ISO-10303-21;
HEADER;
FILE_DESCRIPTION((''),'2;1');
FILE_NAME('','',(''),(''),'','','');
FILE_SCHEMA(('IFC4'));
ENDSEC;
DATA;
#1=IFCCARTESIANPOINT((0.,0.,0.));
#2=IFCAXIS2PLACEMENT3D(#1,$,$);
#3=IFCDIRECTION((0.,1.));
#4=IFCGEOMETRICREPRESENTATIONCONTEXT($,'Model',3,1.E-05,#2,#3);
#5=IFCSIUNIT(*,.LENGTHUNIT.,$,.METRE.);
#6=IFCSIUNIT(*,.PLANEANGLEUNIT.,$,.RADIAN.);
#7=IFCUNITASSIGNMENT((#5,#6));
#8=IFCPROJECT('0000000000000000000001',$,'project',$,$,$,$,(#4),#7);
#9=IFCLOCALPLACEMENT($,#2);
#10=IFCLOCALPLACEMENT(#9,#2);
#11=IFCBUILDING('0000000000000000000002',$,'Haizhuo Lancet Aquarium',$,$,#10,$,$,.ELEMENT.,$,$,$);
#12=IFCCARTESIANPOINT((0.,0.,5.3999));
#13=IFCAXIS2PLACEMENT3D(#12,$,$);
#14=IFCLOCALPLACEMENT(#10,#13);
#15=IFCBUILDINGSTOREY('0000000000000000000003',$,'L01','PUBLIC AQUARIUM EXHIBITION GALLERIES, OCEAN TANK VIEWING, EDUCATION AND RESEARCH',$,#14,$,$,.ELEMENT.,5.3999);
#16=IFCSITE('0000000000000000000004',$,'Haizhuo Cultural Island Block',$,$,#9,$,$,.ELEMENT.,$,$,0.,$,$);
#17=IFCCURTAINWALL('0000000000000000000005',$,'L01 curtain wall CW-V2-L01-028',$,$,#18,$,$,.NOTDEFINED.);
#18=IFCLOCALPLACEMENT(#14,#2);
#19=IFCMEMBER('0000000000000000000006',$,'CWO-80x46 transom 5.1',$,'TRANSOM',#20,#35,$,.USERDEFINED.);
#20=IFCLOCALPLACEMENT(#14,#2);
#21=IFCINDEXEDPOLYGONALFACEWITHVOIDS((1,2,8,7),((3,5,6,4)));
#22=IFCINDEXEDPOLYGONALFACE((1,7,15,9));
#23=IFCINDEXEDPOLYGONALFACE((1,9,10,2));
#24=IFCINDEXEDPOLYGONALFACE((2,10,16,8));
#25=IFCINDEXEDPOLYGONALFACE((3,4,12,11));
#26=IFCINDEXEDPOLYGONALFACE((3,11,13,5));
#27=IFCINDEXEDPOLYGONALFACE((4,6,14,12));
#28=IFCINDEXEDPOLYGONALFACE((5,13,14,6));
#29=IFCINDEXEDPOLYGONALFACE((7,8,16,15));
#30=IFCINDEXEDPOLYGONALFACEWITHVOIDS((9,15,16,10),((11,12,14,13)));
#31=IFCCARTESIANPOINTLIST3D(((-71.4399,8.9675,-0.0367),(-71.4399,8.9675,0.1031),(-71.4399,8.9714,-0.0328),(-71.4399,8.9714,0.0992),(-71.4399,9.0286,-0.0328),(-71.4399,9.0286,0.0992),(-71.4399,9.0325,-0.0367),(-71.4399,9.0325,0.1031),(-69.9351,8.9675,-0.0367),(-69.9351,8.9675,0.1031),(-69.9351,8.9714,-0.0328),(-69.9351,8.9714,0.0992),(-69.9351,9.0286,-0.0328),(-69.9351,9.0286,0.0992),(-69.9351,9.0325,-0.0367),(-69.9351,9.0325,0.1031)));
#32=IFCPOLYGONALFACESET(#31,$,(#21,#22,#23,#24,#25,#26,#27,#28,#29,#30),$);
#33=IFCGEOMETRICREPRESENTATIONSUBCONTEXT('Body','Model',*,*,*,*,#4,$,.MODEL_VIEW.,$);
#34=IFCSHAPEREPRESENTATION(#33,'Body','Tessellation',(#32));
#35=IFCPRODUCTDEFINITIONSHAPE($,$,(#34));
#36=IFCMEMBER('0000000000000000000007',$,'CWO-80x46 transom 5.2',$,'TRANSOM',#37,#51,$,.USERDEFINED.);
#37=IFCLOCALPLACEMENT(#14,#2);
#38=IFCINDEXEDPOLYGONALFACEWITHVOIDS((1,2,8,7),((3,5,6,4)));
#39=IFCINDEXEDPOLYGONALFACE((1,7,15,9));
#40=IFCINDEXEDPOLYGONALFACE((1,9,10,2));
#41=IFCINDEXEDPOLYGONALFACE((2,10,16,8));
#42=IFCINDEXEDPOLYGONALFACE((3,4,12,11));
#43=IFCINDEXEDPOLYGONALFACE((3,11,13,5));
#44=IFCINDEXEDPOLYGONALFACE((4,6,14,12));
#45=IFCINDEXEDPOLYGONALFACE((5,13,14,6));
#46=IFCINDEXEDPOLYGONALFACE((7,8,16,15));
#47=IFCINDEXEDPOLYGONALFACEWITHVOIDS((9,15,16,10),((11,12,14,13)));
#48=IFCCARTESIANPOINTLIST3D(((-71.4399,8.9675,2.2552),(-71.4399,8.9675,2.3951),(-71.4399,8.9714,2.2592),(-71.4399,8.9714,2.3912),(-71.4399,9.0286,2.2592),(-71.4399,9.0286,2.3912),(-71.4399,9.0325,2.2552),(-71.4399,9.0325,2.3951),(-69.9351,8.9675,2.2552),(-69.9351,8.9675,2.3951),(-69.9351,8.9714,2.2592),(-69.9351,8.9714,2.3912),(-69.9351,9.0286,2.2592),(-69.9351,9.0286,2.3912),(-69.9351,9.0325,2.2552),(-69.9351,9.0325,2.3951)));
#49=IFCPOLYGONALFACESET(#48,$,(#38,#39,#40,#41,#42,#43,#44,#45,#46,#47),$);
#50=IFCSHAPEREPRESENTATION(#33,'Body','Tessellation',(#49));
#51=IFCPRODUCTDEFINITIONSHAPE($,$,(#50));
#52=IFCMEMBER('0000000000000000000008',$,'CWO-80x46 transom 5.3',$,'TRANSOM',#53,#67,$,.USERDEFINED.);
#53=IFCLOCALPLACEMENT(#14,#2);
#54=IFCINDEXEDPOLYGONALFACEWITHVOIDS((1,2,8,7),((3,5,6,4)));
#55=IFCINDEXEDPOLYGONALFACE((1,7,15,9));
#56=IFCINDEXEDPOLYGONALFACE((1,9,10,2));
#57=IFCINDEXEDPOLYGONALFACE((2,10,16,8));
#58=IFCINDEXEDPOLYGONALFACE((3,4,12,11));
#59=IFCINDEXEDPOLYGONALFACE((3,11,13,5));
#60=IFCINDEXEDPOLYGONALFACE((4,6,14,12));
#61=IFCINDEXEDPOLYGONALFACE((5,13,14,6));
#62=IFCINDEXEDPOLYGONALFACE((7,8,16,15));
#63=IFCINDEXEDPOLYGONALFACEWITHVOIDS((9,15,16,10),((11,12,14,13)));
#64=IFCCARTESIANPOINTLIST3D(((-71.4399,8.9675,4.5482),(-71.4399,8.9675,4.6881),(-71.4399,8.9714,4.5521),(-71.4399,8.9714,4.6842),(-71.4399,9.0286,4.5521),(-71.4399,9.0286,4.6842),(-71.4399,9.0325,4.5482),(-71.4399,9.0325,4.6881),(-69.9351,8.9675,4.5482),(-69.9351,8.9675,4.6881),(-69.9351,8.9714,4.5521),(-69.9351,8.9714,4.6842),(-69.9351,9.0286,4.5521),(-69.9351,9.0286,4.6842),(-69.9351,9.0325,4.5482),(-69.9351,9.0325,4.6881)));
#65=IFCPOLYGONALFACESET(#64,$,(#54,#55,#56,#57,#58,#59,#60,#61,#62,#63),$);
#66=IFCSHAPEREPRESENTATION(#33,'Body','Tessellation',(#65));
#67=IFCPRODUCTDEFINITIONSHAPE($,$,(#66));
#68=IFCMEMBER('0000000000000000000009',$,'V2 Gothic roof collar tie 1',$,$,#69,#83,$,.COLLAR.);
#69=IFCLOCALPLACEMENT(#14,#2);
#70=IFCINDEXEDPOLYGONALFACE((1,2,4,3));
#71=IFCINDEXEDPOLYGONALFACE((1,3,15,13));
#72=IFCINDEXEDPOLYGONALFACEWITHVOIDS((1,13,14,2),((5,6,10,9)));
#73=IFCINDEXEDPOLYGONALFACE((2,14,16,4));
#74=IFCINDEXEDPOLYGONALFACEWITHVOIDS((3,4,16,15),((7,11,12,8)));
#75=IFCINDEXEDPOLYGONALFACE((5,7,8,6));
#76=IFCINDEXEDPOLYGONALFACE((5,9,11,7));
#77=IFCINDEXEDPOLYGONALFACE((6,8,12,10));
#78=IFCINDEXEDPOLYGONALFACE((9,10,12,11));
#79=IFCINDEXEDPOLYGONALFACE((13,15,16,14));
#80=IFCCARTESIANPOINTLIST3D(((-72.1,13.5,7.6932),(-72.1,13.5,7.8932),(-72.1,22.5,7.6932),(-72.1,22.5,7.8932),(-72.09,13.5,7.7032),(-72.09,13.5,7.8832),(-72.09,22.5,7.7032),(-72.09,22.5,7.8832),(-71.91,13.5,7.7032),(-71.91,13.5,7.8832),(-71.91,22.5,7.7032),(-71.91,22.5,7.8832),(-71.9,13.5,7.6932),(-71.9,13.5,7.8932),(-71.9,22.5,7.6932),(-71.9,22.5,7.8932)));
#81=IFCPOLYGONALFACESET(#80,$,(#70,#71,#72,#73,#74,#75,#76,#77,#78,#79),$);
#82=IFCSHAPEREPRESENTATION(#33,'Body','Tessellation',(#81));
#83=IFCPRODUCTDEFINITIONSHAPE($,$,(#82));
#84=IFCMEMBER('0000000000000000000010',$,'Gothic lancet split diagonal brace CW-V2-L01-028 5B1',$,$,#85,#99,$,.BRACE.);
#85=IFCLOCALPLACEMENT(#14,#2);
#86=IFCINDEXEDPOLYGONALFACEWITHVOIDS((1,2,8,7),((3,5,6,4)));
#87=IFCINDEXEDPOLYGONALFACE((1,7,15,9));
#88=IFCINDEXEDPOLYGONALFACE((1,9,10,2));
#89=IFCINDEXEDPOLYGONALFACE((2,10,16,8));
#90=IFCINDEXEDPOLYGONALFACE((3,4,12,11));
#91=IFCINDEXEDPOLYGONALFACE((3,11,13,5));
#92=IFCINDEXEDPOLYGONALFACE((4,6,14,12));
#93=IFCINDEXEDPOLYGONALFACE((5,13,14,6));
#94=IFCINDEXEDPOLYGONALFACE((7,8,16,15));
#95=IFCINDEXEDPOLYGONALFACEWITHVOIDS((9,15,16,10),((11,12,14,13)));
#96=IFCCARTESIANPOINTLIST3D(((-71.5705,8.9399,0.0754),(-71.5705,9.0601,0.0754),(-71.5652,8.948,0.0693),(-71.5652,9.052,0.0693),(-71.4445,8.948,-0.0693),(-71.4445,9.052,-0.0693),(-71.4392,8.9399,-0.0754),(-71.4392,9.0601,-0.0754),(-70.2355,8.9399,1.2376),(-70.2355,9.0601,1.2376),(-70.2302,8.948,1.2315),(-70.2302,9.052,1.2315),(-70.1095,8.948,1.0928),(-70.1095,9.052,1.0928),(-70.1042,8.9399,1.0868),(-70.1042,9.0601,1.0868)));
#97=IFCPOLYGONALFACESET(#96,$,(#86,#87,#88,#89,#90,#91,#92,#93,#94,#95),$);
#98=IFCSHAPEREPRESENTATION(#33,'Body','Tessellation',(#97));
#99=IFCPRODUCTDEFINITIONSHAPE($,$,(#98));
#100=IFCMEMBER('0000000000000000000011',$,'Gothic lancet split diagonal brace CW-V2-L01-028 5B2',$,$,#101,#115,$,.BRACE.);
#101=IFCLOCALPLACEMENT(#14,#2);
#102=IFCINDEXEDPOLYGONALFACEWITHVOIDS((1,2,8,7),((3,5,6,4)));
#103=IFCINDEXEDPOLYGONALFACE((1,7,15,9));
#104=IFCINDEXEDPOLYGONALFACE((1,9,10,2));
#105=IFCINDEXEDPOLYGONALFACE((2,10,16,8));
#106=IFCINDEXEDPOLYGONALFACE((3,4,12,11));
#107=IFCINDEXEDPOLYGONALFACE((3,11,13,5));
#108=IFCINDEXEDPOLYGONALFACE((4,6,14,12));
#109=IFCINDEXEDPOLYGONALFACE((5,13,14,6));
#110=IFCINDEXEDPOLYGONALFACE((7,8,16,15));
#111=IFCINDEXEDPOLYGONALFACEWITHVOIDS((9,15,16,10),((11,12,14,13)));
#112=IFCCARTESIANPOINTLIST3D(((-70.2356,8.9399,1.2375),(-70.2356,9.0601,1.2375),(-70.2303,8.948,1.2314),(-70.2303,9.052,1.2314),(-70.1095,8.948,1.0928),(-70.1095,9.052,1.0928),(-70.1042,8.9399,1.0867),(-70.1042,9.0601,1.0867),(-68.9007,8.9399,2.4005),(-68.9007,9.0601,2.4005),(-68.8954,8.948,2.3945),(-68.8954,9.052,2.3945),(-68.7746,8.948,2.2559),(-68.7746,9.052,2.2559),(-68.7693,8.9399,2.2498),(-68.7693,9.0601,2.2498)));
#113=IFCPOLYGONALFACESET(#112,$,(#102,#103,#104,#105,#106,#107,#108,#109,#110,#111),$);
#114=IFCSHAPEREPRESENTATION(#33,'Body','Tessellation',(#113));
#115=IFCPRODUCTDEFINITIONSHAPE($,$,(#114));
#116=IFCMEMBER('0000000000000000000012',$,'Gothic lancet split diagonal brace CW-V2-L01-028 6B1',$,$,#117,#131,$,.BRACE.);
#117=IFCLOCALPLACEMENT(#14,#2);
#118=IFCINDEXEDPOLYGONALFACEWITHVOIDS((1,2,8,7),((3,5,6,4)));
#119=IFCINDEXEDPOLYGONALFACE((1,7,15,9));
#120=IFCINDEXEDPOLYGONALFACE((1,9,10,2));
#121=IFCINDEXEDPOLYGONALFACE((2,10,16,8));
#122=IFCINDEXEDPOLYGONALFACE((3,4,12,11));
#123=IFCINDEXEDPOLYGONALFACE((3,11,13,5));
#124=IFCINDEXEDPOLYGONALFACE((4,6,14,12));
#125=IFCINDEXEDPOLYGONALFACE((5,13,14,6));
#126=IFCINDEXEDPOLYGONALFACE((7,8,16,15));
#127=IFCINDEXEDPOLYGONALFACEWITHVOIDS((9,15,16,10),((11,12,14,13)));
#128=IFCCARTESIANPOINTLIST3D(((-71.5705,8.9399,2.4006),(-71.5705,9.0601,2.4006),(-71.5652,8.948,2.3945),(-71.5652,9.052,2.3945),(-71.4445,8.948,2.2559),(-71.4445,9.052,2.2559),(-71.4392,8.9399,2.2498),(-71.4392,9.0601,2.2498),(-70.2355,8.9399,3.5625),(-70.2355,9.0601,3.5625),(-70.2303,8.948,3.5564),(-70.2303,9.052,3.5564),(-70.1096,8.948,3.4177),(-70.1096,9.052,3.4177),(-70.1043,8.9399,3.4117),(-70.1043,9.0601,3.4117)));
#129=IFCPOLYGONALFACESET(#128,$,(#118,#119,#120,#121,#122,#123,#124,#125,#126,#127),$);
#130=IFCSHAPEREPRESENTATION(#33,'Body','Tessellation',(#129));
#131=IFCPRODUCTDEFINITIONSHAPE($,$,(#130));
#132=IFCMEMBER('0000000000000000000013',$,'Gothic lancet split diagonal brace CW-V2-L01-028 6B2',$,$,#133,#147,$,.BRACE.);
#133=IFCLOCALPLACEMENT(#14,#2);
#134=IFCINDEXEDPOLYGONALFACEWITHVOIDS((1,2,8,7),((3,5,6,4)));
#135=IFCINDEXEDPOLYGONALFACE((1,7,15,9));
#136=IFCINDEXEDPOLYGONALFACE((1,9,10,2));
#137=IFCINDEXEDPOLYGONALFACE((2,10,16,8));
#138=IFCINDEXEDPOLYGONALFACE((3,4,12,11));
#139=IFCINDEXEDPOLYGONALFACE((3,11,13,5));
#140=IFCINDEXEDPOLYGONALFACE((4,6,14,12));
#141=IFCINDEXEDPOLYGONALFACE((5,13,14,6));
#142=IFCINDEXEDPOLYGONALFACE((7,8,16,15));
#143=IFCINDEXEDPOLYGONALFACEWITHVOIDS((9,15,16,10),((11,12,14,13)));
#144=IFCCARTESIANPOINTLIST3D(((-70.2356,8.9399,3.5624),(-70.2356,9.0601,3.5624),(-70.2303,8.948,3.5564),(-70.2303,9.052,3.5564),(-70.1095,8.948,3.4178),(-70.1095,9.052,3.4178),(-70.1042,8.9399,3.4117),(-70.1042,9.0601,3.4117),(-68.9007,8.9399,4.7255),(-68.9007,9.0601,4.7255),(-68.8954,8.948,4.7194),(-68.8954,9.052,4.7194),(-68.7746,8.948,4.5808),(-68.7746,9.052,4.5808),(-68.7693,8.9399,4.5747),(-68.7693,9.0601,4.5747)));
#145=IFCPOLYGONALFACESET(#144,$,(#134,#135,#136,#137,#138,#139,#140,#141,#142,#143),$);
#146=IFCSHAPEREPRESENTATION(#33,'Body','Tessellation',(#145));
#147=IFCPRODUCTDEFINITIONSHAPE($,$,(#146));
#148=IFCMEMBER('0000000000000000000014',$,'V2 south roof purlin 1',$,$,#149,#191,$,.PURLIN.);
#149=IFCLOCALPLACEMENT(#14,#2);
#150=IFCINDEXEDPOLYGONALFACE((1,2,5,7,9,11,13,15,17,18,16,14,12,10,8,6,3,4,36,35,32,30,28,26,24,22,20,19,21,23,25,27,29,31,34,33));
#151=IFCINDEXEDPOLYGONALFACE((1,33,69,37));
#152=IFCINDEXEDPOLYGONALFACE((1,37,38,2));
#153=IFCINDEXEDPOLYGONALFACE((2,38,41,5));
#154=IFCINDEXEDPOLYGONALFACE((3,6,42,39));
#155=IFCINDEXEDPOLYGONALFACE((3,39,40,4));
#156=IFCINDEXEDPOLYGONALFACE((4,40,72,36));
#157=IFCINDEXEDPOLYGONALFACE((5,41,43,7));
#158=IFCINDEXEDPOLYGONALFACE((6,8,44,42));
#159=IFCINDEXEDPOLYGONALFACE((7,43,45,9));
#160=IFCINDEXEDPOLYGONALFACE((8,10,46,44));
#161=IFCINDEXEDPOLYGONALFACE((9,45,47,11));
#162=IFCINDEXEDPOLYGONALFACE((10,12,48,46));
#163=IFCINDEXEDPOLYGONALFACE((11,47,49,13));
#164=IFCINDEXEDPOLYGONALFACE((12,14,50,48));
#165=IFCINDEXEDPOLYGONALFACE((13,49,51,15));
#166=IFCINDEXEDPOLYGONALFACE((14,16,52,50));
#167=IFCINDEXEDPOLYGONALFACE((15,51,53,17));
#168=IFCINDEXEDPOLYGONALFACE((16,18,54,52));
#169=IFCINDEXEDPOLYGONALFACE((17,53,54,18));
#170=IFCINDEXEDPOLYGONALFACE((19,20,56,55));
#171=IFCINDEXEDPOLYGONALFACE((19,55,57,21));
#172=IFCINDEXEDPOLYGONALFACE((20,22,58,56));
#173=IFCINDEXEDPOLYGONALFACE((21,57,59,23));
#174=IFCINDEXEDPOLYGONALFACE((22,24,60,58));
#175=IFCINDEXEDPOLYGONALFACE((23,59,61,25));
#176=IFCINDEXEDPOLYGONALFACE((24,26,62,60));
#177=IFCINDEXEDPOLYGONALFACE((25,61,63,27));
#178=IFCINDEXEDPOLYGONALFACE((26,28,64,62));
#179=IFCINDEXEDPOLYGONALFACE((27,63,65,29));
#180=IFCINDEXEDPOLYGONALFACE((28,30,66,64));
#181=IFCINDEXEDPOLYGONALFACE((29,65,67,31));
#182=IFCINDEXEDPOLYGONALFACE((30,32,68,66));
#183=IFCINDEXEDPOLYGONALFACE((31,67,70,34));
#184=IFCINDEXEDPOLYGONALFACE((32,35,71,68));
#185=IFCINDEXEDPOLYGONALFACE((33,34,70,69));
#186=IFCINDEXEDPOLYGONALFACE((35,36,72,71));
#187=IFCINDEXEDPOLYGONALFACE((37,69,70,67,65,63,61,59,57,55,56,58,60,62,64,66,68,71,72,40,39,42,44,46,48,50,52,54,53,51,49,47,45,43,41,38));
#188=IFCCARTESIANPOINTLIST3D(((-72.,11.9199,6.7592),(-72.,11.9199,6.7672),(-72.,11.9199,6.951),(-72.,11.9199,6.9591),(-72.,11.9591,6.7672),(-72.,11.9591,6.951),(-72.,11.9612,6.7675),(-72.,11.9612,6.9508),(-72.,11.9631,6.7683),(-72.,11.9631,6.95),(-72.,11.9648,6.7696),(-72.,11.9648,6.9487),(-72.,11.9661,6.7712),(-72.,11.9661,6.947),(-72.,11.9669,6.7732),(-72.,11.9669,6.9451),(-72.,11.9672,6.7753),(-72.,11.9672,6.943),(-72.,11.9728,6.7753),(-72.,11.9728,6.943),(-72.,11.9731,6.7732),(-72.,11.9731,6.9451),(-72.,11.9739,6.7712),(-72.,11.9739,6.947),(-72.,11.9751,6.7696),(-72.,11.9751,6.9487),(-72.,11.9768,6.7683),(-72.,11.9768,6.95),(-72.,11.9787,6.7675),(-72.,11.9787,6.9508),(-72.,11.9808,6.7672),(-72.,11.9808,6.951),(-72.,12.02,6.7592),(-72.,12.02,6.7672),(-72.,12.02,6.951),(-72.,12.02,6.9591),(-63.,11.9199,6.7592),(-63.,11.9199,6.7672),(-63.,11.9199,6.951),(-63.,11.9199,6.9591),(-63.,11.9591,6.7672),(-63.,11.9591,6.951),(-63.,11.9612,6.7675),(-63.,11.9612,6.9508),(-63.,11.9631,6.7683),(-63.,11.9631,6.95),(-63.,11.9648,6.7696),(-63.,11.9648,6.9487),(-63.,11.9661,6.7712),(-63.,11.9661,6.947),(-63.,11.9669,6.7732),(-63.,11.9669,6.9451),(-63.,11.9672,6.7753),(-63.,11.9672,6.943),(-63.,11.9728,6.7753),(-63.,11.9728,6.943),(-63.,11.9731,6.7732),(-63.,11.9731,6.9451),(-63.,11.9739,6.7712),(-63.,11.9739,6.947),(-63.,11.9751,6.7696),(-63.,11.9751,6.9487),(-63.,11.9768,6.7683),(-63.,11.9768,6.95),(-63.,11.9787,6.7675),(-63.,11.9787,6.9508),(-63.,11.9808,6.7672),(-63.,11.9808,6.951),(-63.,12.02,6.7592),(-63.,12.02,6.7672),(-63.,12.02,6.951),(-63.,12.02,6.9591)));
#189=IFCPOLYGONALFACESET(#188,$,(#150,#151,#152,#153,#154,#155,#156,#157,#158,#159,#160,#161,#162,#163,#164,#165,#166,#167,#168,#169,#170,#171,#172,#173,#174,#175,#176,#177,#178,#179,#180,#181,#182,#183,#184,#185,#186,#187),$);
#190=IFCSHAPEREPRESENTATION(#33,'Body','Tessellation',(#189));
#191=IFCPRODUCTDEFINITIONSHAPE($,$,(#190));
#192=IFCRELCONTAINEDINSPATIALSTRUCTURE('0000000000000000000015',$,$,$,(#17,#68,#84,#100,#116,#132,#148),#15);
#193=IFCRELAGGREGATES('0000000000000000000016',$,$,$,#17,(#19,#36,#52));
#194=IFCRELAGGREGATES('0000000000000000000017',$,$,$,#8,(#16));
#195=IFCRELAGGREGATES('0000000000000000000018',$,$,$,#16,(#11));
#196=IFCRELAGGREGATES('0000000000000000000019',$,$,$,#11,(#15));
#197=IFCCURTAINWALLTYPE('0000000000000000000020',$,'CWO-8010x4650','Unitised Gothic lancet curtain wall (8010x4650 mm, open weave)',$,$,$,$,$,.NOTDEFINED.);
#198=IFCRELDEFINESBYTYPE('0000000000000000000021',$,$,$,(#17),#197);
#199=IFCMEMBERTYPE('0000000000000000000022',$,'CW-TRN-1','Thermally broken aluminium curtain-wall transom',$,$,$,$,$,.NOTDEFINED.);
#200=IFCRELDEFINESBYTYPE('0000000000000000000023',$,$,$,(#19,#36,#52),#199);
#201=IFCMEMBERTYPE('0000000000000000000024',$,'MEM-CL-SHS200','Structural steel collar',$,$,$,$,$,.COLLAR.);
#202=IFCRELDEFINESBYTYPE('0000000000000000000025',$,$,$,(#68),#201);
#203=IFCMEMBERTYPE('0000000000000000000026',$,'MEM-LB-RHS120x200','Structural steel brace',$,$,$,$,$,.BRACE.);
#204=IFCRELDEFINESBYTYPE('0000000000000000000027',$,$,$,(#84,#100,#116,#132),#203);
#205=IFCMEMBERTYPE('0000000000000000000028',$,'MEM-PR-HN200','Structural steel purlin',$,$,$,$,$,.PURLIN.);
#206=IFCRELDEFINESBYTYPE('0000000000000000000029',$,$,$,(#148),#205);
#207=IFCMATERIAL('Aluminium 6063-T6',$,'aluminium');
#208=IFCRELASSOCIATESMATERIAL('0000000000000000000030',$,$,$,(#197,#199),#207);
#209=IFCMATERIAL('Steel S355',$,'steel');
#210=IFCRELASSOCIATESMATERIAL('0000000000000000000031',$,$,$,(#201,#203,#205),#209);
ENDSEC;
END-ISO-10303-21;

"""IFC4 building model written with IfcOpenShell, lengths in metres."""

from ifc_helpers import new_model, si_unit, direction, frame, origin, origin_2d, place, context, subcontext, project, spatial, hollow_rectangle, i_section, extrude, material, material_profile, profile_set, type_object, element, aggregate, save


model = new_model("IFC4")

# Units and contexts
model_context = context("Model", 3, precision=1e-05, world=origin(), true_north=direction((0.0, 1.0)))
body_context = subcontext(model_context, "Body", "Model", "MODEL_VIEW")
ifc_project = project(units=[si_unit("LENGTHUNIT", "METRE"), si_unit("PLANEANGLEUNIT", "RADIAN")], contexts=[model_context])

# Site, building, storey
site_placement = place(None, origin())
site = spatial("IfcSite", under=ifc_project, at=site_placement, Name="Haizhuo Cultural Island Block", CompositionType="ELEMENT", RefElevation=0.0)
building_placement = place(site_placement, origin())
building = spatial("IfcBuilding", under=site, at=building_placement, Name="Haizhuo Lancet Aquarium", CompositionType="ELEMENT")
storey_placement = place(building_placement, frame((0.0, 0.0, 5.3999)))
storey = spatial("IfcBuildingStorey", under=building, at=storey_placement, Name="L01", Description="PUBLIC AQUARIUM EXHIBITION GALLERIES, OCEAN TANK VIEWING, EDUCATION AND RESEARCH", CompositionType="ELEMENT", Elevation=5.3999)

# Shared definitions
ifc_material_1 = material(Name="Steel S355", Category="steel")

# Curtain wall, members
ifc_material_2 = material(Name="Aluminium 6063-T6", Category="aluminium")
curtain_wall_type = type_object("IfcCurtainWallType", Name="CWO-8010x4650", Description="Unitised Gothic lancet curtain wall (8010x4650 mm, open weave)", PredefinedType="NOTDEFINED", material=ifc_material_2)
curtain_wall_placement = place(storey_placement, origin())
curtain_wall = element("IfcCurtainWall", 1, at=curtain_wall_placement, inside=storey, type_object=curtain_wall_type, Name="L01 curtain wall CW-V2-L01-028", PredefinedType="NOTDEFINED")
ifc_material_profile_1 = material_profile(ifc_material_2, hollow_rectangle(XDim=0.0649, YDim=0.1399, WallThickness=0.0039, at=origin_2d()), Name="ALU-T 65x140x4")
ifc_profile_set_1 = profile_set([ifc_material_profile_1], Name="Aluminium 6063-T6")
member_type_1 = type_object("IfcMemberType", Name="CW-TRN-1", Description="Thermally broken aluminium curtain-wall transom", PredefinedType="NOTDEFINED", material=ifc_profile_set_1)
member_1_placement = place(storey_placement, frame((-69.9351, 9.0, 0.0332), z_axis=(-1.0, 0.0, 0.0), x_axis=(0.0, -1.0, 0.0)))
member_1 = element("IfcMember", 2, at=member_1_placement, type_object=member_type_1, Name="CWO-80x46 transom 5.1", ObjectType="TRANSOM", PredefinedType="USERDEFINED", context=body_context, shape_type="SweptSolid", body=[
    extrude(hollow_rectangle(XDim=0.0649, YDim=0.1399, WallThickness=0.0039, at=origin_2d()), origin(), (0.0, 0.0, 1.0), 1.5049),
])
member_2_placement = place(storey_placement, frame((-69.9351, 9.0, 2.3252), z_axis=(-1.0, 0.0, 0.0), x_axis=(0.0, -1.0, 0.0)))
member_2 = element("IfcMember", 3, at=member_2_placement, type_object=member_type_1, Name="CWO-80x46 transom 5.2", ObjectType="TRANSOM", PredefinedType="USERDEFINED", context=body_context, shape_type="SweptSolid", body=[
    extrude(hollow_rectangle(XDim=0.0649, YDim=0.1399, WallThickness=0.0039, at=origin_2d()), origin(), (0.0, 0.0, 1.0), 1.5049),
])
member_3_placement = place(storey_placement, frame((-69.9351, 9.0, 4.6182), z_axis=(-1.0, 0.0, 0.0), x_axis=(0.0, -1.0, 0.0)))
member_3 = element("IfcMember", 4, at=member_3_placement, type_object=member_type_1, Name="CWO-80x46 transom 5.3", ObjectType="TRANSOM", PredefinedType="USERDEFINED", context=body_context, shape_type="SweptSolid", body=[
    extrude(hollow_rectangle(XDim=0.0649, YDim=0.1399, WallThickness=0.0039, at=origin_2d()), origin(), (0.0, 0.0, 1.0), 1.5049),
])

# Members
ifc_material_profile_2 = material_profile(ifc_material_1, hollow_rectangle(XDim=0.2, YDim=0.2, WallThickness=0.01, at=origin_2d()), Name="SHS 200x200x10")
ifc_profile_set_2 = profile_set([ifc_material_profile_2], Name="Steel S355")
member_type_2 = type_object("IfcMemberType", Name="MEM-CL-SHS200", Description="Structural steel collar", PredefinedType="COLLAR", material=ifc_profile_set_2)
member_4_placement = place(storey_placement, frame((-72.0, 13.5, 7.7932), z_axis=(0.0, 1.0, 0.0), x_axis=(-1.0, 0.0, 0.0)))
element("IfcMember", 5, at=member_4_placement, inside=storey, type_object=member_type_2, Name="V2 Gothic roof collar tie 1", PredefinedType="COLLAR", context=body_context, shape_type="SweptSolid", body=[
    extrude(hollow_rectangle(XDim=0.2, YDim=0.2, WallThickness=0.01, at=origin_2d()), origin(), (0.0, 0.0, 1.0), 9.0),
])
ifc_material_profile_3 = material_profile(ifc_material_1, hollow_rectangle(XDim=0.1201, YDim=0.2, WallThickness=0.0081, at=origin_2d()), Name="RHS 120x200x8")
ifc_profile_set_3 = profile_set([ifc_material_profile_3], Name="Steel S355")
member_type_3 = type_object("IfcMemberType", Name="MEM-LB-RHS120x200", Description="Structural steel brace", PredefinedType="BRACE", material=ifc_profile_set_3)
member_5_placement = place(storey_placement, frame((-71.5049, 9.0, 0.0), z_axis=(0.754249, 0.0, 0.656588), x_axis=(0.0, 1.0, 0.0)))
element("IfcMember", 6, at=member_5_placement, inside=storey, type_object=member_type_3, Name="Gothic lancet split diagonal brace CW-V2-L01-028 5B1", PredefinedType="BRACE", context=body_context, shape_type="SweptSolid", body=[
    extrude(hollow_rectangle(XDim=0.1201, YDim=0.2, WallThickness=0.0081, at=origin_2d()), origin(), (0.0, 0.0, 1.0), 1.77),
])
member_6_placement = place(storey_placement, frame((-70.1699, 9.0, 1.1621), z_axis=(0.753976, 0.0, 0.656902), x_axis=(0.0, 1.0, 0.0)))
element("IfcMember", 7, at=member_6_placement, inside=storey, type_object=member_type_3, Name="Gothic lancet split diagonal brace CW-V2-L01-028 5B2", PredefinedType="BRACE", context=body_context, shape_type="SweptSolid", body=[
    extrude(hollow_rectangle(XDim=0.1201, YDim=0.2, WallThickness=0.0081, at=origin_2d()), origin(), (0.0, 0.0, 1.0), 1.7705),
])
member_7_placement = place(storey_placement, frame((-71.5049, 9.0, 2.3252), z_axis=(0.754317, 0.0, 0.65651), x_axis=(0.0, 1.0, 0.0)))
element("IfcMember", 8, at=member_7_placement, inside=storey, type_object=member_type_3, Name="Gothic lancet split diagonal brace CW-V2-L01-028 6B1", PredefinedType="BRACE", context=body_context, shape_type="SweptSolid", body=[
    extrude(hollow_rectangle(XDim=0.1201, YDim=0.2, WallThickness=0.0081, at=origin_2d()), origin(), (0.0, 0.0, 1.0), 1.7698),
])
member_8_placement = place(storey_placement, frame((-70.1699, 9.0, 3.4871), z_axis=(0.753976, 0.0, 0.656902), x_axis=(0.0, 1.0, 0.0)))
element("IfcMember", 9, at=member_8_placement, inside=storey, type_object=member_type_3, Name="Gothic lancet split diagonal brace CW-V2-L01-028 6B2", PredefinedType="BRACE", context=body_context, shape_type="SweptSolid", body=[
    extrude(hollow_rectangle(XDim=0.1201, YDim=0.2, WallThickness=0.0081, at=origin_2d()), origin(), (0.0, 0.0, 1.0), 1.7705),
])
ifc_material_profile_4 = material_profile(ifc_material_1, i_section(OverallWidth=0.1001, OverallDepth=0.2, WebThickness=0.0056, FlangeThickness=0.0081, FilletRadius=0.0081, at=origin_2d()), Name="HN 200x100x5.5x8")
ifc_profile_set_4 = profile_set([ifc_material_profile_4], Name="Steel S355")
member_type_4 = type_object("IfcMemberType", Name="MEM-PR-HN200", Description="Structural steel purlin", PredefinedType="PURLIN", material=ifc_profile_set_4)
for number, where, z_axis, x_axis, name in (
    (10, (-72.0, 11.97, 6.8591), (1.0, 0.0, 0.0), (0.0, 1.0, 0.0), "V2 south roof purlin 1"),
):
    element("IfcMember", number, at=place(storey_placement, frame(where, z_axis=z_axis, x_axis=x_axis)), inside=storey, type_object=member_type_4, Name=name, PredefinedType="PURLIN", context=body_context, shape_type="SweptSolid", body=[
        extrude(i_section(OverallWidth=0.1001, OverallDepth=0.2, WebThickness=0.0056, FlangeThickness=0.0081, FilletRadius=0.0081, at=origin_2d()), origin(), (0.0, 0.0, 1.0), 9.0),
    ])

aggregate(curtain_wall, [member_1, member_2, member_3])

save(model, "model.ifc")
